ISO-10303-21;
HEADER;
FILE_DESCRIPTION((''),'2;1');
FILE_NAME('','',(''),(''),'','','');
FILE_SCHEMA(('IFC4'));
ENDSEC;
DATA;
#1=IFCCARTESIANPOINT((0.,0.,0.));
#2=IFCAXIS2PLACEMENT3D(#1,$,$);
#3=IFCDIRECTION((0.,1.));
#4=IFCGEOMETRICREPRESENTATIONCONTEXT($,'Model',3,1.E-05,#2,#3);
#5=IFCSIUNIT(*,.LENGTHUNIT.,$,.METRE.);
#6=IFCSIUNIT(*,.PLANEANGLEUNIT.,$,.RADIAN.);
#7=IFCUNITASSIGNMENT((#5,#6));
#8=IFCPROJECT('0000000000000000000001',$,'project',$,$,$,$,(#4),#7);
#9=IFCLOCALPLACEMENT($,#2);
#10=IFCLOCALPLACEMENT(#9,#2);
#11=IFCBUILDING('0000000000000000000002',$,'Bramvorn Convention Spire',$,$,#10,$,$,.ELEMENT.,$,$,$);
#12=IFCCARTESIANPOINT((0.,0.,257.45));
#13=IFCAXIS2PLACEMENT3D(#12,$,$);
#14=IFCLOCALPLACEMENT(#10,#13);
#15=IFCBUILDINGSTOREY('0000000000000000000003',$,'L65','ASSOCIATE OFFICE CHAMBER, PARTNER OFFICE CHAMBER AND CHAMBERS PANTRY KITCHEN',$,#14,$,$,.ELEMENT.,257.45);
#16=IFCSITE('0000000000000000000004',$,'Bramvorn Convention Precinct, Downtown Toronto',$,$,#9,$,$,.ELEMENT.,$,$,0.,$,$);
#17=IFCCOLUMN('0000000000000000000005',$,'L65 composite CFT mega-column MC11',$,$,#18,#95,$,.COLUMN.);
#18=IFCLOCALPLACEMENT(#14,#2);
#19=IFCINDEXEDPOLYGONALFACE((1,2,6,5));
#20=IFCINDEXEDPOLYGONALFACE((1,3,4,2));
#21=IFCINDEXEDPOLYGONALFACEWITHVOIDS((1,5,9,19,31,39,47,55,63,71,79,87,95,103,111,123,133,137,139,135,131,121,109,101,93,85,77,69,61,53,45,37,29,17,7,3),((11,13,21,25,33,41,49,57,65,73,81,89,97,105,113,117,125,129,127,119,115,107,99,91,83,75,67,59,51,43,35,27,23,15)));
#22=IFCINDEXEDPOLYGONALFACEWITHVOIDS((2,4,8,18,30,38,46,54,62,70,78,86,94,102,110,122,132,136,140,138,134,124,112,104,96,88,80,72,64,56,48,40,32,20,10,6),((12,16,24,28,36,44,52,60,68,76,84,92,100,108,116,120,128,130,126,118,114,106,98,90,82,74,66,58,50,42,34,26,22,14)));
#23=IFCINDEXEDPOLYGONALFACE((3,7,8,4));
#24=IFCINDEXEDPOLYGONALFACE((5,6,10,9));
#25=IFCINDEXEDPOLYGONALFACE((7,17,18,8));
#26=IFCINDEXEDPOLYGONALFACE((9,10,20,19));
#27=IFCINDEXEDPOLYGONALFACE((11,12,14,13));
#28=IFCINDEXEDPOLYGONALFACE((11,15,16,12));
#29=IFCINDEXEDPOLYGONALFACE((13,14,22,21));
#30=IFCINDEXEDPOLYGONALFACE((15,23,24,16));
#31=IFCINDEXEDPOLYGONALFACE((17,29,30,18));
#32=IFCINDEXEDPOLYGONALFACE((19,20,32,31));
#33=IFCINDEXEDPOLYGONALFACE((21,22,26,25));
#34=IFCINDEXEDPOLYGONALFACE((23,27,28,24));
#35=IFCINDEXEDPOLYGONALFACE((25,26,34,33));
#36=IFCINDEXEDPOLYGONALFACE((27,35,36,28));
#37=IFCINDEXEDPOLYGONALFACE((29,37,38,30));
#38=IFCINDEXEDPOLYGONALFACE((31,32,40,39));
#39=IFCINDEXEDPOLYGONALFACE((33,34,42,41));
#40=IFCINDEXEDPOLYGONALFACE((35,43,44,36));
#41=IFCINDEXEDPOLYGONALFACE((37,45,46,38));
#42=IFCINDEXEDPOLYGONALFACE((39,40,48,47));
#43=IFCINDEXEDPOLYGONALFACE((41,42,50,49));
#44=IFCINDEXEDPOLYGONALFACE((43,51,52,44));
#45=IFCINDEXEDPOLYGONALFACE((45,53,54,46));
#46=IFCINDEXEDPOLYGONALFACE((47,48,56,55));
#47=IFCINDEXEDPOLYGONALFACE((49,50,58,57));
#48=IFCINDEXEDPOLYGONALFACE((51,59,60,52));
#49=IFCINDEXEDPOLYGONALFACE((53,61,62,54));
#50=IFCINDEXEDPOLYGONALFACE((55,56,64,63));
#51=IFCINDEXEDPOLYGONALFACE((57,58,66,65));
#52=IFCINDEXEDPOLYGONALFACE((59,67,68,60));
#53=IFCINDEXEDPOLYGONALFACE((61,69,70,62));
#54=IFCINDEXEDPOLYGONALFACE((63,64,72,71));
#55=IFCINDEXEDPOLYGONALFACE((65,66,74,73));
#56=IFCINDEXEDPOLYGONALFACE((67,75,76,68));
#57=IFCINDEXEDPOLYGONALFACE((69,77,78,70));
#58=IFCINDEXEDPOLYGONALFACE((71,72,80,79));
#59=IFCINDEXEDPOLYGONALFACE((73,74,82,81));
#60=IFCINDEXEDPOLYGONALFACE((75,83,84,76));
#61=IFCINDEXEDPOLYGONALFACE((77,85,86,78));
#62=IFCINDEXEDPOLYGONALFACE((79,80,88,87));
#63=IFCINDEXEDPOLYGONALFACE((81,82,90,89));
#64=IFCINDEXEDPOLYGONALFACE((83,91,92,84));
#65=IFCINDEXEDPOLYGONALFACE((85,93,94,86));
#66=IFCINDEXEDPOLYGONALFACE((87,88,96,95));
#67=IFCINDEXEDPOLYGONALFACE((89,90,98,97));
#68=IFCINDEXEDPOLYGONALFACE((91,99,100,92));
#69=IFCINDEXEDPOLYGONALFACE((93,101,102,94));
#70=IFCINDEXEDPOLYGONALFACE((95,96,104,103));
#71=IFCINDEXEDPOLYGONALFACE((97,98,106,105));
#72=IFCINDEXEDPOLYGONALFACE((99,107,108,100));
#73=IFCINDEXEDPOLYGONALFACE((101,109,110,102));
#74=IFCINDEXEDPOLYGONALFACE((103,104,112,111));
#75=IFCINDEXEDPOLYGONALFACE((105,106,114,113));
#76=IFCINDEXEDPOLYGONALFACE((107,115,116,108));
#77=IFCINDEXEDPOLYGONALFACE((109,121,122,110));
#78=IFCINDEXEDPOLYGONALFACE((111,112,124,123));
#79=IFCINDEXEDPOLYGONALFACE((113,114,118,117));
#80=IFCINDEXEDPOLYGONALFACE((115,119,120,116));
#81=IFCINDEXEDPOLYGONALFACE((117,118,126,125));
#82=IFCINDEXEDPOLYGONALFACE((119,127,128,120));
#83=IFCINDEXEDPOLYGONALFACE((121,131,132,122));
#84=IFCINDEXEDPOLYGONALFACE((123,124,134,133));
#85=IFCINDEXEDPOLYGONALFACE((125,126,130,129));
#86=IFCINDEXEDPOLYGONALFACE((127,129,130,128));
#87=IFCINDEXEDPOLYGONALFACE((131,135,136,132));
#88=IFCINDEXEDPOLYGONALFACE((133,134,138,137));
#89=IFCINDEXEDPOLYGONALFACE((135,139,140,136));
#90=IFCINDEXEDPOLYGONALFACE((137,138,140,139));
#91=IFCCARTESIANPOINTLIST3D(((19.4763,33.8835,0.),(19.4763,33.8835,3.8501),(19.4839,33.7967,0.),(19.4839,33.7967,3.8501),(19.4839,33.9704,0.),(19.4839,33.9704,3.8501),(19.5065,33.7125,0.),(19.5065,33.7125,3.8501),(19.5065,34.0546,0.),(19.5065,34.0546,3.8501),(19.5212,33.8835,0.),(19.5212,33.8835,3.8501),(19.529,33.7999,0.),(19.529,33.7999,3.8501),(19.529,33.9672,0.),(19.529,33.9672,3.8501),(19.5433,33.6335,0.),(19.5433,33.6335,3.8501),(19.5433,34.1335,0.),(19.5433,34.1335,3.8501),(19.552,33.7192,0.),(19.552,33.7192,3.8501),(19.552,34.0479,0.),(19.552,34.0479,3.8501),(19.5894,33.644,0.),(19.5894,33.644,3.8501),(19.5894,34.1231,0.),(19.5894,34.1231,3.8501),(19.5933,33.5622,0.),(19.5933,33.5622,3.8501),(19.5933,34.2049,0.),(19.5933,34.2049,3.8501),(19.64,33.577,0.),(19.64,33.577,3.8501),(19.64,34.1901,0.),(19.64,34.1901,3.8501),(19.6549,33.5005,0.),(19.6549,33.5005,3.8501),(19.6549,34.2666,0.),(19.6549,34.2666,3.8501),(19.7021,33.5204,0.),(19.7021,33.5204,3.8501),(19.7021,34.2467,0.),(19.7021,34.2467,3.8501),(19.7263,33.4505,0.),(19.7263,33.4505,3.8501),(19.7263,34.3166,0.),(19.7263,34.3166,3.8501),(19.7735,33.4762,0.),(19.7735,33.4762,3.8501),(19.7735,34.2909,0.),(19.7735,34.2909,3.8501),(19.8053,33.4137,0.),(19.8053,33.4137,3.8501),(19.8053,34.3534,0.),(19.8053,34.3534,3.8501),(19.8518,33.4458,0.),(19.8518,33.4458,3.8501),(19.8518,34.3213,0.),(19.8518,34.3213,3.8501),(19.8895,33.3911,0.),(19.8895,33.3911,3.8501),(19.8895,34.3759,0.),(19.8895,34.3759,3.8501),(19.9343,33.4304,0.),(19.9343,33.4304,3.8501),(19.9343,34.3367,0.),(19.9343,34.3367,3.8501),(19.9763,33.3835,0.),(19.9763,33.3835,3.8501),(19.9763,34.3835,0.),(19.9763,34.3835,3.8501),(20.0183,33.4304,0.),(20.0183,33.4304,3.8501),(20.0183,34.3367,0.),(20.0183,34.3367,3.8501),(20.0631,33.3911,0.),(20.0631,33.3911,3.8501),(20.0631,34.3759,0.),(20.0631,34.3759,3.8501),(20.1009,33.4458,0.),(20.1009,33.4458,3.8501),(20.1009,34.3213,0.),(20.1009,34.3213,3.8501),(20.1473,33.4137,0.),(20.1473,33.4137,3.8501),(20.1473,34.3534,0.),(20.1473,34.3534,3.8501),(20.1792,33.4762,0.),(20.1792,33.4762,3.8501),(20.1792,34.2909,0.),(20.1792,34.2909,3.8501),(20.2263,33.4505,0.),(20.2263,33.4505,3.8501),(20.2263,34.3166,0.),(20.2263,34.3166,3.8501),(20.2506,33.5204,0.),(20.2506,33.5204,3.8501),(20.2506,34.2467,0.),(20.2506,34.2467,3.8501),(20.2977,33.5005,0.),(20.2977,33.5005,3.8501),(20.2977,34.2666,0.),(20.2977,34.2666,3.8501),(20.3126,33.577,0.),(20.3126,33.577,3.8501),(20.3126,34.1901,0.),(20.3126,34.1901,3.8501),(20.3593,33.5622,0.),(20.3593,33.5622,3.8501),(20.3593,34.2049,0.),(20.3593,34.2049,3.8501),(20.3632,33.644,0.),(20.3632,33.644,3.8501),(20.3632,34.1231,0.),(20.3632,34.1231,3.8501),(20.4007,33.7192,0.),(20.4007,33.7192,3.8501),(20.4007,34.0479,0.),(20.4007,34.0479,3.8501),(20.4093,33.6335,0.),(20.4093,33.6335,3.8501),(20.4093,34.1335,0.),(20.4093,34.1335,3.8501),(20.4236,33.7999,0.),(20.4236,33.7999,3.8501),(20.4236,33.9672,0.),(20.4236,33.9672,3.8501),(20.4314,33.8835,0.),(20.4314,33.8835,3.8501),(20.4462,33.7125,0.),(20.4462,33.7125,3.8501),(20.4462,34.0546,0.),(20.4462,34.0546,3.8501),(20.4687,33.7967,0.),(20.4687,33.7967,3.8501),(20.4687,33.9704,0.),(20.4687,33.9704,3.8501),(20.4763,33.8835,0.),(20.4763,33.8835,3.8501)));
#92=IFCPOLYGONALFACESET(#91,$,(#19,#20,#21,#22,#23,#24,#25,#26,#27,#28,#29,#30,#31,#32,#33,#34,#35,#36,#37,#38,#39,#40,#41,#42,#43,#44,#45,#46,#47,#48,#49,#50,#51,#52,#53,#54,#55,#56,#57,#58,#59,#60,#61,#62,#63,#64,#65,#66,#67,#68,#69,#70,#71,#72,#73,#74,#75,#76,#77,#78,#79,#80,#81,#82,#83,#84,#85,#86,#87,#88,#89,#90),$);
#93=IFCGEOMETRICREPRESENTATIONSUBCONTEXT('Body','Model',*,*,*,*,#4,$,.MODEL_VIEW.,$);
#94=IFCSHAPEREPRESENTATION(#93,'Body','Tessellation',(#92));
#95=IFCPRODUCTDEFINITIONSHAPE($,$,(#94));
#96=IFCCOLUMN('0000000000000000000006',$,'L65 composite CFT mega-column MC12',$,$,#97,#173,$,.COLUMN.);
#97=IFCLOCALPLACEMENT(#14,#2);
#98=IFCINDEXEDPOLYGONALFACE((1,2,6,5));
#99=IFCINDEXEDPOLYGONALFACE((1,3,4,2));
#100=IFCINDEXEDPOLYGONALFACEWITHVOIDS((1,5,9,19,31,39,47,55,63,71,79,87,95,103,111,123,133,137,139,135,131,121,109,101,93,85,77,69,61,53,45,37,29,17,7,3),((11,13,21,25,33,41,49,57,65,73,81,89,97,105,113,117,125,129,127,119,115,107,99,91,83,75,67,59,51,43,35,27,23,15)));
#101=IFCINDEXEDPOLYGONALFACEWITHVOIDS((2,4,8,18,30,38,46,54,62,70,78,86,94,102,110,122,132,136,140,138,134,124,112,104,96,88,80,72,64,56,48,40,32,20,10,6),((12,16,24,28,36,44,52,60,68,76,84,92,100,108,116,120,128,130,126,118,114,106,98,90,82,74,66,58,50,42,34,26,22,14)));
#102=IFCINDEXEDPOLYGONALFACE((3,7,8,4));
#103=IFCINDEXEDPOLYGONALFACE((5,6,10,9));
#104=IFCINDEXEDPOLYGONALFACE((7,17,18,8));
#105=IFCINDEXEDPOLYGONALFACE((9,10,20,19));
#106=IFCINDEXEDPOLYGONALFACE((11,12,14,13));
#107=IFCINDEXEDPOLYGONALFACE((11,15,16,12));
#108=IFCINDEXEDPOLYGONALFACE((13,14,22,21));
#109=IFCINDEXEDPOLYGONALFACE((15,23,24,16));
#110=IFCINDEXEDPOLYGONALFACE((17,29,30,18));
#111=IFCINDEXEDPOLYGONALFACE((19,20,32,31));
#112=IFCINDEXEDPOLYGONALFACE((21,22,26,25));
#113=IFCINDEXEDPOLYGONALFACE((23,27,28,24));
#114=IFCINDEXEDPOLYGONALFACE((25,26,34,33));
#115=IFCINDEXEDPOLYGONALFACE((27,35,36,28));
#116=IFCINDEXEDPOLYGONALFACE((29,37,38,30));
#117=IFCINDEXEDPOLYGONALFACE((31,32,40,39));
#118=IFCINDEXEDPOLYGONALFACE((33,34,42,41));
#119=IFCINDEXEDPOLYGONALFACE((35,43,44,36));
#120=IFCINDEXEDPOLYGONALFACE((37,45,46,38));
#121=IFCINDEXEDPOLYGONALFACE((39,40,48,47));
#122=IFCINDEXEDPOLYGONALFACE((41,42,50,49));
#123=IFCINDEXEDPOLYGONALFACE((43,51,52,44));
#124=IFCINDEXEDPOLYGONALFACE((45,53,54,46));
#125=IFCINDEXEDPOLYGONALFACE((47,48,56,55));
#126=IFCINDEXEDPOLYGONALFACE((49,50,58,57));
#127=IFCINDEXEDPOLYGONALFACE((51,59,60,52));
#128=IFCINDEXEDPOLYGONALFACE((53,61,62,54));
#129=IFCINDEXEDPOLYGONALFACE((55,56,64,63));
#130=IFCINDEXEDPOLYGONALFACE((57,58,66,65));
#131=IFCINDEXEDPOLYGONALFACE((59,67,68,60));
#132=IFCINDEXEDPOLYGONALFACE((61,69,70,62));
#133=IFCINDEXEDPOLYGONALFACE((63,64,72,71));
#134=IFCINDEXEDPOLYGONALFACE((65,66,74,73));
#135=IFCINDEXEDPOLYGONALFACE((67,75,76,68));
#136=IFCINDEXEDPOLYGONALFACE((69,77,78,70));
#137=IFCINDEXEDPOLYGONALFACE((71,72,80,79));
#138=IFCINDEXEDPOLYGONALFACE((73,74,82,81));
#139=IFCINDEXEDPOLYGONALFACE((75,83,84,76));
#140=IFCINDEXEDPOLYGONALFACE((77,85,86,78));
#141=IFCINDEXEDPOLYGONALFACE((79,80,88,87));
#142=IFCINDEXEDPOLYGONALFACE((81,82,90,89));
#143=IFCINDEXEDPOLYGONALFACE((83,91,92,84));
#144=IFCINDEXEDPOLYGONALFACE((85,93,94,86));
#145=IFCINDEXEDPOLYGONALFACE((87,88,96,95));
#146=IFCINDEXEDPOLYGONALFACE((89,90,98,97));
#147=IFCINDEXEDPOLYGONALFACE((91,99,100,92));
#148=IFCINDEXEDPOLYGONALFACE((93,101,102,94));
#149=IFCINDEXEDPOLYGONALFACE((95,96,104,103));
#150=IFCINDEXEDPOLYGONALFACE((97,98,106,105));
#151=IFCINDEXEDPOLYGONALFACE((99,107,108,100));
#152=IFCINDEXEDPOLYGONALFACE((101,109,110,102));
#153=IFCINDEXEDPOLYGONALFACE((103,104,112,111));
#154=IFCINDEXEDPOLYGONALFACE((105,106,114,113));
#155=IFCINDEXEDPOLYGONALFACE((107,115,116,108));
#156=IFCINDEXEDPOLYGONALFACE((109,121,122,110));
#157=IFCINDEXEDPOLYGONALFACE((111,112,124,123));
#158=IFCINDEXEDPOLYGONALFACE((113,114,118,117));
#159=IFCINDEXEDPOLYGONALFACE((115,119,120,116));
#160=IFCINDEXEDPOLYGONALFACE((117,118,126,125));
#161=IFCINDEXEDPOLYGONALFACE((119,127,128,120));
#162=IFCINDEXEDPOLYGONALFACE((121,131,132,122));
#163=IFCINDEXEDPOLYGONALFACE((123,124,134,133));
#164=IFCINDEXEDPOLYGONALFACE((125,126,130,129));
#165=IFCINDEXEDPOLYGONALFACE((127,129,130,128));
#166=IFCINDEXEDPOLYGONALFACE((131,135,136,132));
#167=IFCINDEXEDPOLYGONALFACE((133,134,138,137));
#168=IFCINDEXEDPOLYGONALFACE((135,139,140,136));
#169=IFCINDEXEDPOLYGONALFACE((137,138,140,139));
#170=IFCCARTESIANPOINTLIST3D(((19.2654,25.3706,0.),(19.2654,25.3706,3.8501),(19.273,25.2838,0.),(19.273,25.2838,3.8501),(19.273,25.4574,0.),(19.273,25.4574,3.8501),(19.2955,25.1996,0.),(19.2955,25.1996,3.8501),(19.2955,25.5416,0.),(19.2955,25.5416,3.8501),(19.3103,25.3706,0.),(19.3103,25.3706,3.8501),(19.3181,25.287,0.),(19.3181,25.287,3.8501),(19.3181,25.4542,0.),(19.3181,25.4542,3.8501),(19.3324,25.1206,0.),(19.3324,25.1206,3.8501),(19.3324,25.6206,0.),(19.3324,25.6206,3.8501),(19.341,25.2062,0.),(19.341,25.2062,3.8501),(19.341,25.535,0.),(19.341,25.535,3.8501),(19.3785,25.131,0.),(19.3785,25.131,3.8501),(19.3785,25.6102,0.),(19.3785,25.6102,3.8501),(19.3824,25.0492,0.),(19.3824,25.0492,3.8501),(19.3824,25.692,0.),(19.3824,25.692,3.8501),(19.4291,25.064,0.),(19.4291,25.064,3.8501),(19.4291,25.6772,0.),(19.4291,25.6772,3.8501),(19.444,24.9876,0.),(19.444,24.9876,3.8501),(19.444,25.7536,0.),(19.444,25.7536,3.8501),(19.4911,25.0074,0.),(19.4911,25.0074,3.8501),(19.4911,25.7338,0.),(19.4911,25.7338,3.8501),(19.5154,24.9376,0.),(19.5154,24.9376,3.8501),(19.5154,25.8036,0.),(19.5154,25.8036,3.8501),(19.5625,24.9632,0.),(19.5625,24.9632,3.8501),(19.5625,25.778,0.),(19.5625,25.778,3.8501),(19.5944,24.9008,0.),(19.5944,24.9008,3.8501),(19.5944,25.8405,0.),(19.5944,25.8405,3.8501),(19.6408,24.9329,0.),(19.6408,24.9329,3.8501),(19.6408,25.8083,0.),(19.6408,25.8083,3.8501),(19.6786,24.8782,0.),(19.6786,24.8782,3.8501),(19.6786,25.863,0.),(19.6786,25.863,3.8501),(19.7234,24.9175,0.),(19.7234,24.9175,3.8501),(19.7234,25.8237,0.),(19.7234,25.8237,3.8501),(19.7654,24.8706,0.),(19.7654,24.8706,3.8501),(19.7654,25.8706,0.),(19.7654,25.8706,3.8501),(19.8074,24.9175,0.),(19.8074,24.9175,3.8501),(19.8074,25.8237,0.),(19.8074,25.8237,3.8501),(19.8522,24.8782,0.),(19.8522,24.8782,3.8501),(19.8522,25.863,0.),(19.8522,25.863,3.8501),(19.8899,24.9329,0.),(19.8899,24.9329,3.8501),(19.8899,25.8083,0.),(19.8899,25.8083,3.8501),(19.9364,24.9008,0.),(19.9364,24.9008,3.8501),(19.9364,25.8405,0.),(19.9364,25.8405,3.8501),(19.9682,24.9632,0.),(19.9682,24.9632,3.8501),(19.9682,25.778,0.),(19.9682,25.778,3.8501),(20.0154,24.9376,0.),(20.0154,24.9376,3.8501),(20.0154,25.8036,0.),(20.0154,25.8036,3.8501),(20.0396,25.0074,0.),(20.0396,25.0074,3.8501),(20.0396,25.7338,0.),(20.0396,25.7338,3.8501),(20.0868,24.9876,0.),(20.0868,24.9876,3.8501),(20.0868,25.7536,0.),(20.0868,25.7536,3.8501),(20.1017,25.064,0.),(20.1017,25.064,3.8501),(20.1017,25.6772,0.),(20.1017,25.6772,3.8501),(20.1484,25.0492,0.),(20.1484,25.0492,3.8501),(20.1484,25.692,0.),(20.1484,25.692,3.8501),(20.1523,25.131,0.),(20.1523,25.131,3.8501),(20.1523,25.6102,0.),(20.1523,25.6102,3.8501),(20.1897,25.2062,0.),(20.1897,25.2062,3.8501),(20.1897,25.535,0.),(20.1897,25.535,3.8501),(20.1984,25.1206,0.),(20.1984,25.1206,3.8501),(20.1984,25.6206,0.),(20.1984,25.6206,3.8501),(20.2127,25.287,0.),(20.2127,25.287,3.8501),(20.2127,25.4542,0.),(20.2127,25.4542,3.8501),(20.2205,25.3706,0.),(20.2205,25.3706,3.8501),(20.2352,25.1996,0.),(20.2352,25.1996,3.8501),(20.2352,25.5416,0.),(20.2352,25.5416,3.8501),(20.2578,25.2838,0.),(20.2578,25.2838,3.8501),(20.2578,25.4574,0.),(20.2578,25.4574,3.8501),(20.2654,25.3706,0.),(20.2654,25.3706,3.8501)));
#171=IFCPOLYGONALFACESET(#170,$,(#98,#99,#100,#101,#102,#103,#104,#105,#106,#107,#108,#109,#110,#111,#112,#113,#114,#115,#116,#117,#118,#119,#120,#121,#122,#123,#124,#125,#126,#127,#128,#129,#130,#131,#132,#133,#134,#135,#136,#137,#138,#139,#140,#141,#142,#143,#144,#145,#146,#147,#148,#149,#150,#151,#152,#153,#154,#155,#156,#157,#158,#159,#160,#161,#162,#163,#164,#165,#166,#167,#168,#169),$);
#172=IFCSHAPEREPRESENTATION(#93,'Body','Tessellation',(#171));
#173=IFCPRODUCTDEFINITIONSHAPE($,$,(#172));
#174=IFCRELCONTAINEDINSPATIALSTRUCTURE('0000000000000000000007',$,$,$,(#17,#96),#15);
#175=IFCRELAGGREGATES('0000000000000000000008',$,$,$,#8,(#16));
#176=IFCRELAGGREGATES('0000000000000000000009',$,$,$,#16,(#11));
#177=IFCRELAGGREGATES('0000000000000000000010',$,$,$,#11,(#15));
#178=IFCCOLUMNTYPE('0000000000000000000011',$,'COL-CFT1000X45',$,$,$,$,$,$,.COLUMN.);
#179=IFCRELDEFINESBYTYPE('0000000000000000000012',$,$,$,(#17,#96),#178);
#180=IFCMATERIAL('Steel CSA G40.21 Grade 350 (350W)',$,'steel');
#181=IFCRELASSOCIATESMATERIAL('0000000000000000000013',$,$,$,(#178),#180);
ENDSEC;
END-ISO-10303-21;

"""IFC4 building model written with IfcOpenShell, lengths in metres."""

from ifc_helpers import new_model, si_unit, direction, frame, origin, origin_2d, place, context, subcontext, project, spatial, hollow_circle, extrude, material, material_profile, profile_set, type_object, element, save


model = new_model("IFC4")

# Units and contexts
model_context = context("Model", 3, precision=1e-05, world=origin(), true_north=direction((0.0, 1.0)))
body_context = subcontext(model_context, "Body", "Model", "MODEL_VIEW")
ifc_project = project(units=[si_unit("LENGTHUNIT", "METRE"), si_unit("PLANEANGLEUNIT", "RADIAN")], contexts=[model_context])

# Site, building, storey
site_placement = place(None, origin())
site = spatial("IfcSite", under=ifc_project, at=site_placement, Name="Bramvorn Convention Precinct, Downtown Toronto", CompositionType="ELEMENT", RefElevation=0.0)
building_placement = place(site_placement, origin())
building = spatial("IfcBuilding", under=site, at=building_placement, Name="Bramvorn Convention Spire", CompositionType="ELEMENT")
storey_placement = place(building_placement, frame((0.0, 0.0, 257.45)))
storey = spatial("IfcBuildingStorey", under=building, at=storey_placement, Name="L65", Description="ASSOCIATE OFFICE CHAMBER, PARTNER OFFICE CHAMBER AND CHAMBERS PANTRY KITCHEN", CompositionType="ELEMENT", Elevation=257.45)

# Columns
ifc_material_1 = material(Name="Steel CSA G40.21 Grade 350 (350W)", Category="steel")
ifc_material_profile_1 = material_profile(ifc_material_1, hollow_circle(Radius=0.5, WallThickness=0.0449, at=origin_2d()))
ifc_profile_set_1 = profile_set([ifc_material_profile_1], Name="Steel CSA G40.21 Grade 350 (350W) - CFT1000X45")
column_type = type_object("IfcColumnType", Name="COL-CFT1000X45", PredefinedType="COLUMN", material=ifc_profile_set_1)
for number, where, z_axis, x_axis, name in (
    (1, (19.9763, 33.8835, 0.0), (0.0, 0.0, 1.0), (1.0, 0.0, 0.0), "L65 composite CFT mega-column MC11"),
    (2, (19.7654, 25.3706, 0.0), (0.0, 0.0, 1.0), (1.0, 0.0, 0.0), "L65 composite CFT mega-column MC12"),
):
    element("IfcColumn", number, at=place(storey_placement, frame(where, z_axis=z_axis, x_axis=x_axis)), inside=storey, type_object=column_type, Name=name, PredefinedType="COLUMN", context=body_context, shape_type="SweptSolid", body=[
        extrude(hollow_circle(Radius=0.5, WallThickness=0.0449, at=origin_2d()), origin(), (0.0, 0.0, 1.0), 3.8501),
    ])

save(model, "model.ifc")
